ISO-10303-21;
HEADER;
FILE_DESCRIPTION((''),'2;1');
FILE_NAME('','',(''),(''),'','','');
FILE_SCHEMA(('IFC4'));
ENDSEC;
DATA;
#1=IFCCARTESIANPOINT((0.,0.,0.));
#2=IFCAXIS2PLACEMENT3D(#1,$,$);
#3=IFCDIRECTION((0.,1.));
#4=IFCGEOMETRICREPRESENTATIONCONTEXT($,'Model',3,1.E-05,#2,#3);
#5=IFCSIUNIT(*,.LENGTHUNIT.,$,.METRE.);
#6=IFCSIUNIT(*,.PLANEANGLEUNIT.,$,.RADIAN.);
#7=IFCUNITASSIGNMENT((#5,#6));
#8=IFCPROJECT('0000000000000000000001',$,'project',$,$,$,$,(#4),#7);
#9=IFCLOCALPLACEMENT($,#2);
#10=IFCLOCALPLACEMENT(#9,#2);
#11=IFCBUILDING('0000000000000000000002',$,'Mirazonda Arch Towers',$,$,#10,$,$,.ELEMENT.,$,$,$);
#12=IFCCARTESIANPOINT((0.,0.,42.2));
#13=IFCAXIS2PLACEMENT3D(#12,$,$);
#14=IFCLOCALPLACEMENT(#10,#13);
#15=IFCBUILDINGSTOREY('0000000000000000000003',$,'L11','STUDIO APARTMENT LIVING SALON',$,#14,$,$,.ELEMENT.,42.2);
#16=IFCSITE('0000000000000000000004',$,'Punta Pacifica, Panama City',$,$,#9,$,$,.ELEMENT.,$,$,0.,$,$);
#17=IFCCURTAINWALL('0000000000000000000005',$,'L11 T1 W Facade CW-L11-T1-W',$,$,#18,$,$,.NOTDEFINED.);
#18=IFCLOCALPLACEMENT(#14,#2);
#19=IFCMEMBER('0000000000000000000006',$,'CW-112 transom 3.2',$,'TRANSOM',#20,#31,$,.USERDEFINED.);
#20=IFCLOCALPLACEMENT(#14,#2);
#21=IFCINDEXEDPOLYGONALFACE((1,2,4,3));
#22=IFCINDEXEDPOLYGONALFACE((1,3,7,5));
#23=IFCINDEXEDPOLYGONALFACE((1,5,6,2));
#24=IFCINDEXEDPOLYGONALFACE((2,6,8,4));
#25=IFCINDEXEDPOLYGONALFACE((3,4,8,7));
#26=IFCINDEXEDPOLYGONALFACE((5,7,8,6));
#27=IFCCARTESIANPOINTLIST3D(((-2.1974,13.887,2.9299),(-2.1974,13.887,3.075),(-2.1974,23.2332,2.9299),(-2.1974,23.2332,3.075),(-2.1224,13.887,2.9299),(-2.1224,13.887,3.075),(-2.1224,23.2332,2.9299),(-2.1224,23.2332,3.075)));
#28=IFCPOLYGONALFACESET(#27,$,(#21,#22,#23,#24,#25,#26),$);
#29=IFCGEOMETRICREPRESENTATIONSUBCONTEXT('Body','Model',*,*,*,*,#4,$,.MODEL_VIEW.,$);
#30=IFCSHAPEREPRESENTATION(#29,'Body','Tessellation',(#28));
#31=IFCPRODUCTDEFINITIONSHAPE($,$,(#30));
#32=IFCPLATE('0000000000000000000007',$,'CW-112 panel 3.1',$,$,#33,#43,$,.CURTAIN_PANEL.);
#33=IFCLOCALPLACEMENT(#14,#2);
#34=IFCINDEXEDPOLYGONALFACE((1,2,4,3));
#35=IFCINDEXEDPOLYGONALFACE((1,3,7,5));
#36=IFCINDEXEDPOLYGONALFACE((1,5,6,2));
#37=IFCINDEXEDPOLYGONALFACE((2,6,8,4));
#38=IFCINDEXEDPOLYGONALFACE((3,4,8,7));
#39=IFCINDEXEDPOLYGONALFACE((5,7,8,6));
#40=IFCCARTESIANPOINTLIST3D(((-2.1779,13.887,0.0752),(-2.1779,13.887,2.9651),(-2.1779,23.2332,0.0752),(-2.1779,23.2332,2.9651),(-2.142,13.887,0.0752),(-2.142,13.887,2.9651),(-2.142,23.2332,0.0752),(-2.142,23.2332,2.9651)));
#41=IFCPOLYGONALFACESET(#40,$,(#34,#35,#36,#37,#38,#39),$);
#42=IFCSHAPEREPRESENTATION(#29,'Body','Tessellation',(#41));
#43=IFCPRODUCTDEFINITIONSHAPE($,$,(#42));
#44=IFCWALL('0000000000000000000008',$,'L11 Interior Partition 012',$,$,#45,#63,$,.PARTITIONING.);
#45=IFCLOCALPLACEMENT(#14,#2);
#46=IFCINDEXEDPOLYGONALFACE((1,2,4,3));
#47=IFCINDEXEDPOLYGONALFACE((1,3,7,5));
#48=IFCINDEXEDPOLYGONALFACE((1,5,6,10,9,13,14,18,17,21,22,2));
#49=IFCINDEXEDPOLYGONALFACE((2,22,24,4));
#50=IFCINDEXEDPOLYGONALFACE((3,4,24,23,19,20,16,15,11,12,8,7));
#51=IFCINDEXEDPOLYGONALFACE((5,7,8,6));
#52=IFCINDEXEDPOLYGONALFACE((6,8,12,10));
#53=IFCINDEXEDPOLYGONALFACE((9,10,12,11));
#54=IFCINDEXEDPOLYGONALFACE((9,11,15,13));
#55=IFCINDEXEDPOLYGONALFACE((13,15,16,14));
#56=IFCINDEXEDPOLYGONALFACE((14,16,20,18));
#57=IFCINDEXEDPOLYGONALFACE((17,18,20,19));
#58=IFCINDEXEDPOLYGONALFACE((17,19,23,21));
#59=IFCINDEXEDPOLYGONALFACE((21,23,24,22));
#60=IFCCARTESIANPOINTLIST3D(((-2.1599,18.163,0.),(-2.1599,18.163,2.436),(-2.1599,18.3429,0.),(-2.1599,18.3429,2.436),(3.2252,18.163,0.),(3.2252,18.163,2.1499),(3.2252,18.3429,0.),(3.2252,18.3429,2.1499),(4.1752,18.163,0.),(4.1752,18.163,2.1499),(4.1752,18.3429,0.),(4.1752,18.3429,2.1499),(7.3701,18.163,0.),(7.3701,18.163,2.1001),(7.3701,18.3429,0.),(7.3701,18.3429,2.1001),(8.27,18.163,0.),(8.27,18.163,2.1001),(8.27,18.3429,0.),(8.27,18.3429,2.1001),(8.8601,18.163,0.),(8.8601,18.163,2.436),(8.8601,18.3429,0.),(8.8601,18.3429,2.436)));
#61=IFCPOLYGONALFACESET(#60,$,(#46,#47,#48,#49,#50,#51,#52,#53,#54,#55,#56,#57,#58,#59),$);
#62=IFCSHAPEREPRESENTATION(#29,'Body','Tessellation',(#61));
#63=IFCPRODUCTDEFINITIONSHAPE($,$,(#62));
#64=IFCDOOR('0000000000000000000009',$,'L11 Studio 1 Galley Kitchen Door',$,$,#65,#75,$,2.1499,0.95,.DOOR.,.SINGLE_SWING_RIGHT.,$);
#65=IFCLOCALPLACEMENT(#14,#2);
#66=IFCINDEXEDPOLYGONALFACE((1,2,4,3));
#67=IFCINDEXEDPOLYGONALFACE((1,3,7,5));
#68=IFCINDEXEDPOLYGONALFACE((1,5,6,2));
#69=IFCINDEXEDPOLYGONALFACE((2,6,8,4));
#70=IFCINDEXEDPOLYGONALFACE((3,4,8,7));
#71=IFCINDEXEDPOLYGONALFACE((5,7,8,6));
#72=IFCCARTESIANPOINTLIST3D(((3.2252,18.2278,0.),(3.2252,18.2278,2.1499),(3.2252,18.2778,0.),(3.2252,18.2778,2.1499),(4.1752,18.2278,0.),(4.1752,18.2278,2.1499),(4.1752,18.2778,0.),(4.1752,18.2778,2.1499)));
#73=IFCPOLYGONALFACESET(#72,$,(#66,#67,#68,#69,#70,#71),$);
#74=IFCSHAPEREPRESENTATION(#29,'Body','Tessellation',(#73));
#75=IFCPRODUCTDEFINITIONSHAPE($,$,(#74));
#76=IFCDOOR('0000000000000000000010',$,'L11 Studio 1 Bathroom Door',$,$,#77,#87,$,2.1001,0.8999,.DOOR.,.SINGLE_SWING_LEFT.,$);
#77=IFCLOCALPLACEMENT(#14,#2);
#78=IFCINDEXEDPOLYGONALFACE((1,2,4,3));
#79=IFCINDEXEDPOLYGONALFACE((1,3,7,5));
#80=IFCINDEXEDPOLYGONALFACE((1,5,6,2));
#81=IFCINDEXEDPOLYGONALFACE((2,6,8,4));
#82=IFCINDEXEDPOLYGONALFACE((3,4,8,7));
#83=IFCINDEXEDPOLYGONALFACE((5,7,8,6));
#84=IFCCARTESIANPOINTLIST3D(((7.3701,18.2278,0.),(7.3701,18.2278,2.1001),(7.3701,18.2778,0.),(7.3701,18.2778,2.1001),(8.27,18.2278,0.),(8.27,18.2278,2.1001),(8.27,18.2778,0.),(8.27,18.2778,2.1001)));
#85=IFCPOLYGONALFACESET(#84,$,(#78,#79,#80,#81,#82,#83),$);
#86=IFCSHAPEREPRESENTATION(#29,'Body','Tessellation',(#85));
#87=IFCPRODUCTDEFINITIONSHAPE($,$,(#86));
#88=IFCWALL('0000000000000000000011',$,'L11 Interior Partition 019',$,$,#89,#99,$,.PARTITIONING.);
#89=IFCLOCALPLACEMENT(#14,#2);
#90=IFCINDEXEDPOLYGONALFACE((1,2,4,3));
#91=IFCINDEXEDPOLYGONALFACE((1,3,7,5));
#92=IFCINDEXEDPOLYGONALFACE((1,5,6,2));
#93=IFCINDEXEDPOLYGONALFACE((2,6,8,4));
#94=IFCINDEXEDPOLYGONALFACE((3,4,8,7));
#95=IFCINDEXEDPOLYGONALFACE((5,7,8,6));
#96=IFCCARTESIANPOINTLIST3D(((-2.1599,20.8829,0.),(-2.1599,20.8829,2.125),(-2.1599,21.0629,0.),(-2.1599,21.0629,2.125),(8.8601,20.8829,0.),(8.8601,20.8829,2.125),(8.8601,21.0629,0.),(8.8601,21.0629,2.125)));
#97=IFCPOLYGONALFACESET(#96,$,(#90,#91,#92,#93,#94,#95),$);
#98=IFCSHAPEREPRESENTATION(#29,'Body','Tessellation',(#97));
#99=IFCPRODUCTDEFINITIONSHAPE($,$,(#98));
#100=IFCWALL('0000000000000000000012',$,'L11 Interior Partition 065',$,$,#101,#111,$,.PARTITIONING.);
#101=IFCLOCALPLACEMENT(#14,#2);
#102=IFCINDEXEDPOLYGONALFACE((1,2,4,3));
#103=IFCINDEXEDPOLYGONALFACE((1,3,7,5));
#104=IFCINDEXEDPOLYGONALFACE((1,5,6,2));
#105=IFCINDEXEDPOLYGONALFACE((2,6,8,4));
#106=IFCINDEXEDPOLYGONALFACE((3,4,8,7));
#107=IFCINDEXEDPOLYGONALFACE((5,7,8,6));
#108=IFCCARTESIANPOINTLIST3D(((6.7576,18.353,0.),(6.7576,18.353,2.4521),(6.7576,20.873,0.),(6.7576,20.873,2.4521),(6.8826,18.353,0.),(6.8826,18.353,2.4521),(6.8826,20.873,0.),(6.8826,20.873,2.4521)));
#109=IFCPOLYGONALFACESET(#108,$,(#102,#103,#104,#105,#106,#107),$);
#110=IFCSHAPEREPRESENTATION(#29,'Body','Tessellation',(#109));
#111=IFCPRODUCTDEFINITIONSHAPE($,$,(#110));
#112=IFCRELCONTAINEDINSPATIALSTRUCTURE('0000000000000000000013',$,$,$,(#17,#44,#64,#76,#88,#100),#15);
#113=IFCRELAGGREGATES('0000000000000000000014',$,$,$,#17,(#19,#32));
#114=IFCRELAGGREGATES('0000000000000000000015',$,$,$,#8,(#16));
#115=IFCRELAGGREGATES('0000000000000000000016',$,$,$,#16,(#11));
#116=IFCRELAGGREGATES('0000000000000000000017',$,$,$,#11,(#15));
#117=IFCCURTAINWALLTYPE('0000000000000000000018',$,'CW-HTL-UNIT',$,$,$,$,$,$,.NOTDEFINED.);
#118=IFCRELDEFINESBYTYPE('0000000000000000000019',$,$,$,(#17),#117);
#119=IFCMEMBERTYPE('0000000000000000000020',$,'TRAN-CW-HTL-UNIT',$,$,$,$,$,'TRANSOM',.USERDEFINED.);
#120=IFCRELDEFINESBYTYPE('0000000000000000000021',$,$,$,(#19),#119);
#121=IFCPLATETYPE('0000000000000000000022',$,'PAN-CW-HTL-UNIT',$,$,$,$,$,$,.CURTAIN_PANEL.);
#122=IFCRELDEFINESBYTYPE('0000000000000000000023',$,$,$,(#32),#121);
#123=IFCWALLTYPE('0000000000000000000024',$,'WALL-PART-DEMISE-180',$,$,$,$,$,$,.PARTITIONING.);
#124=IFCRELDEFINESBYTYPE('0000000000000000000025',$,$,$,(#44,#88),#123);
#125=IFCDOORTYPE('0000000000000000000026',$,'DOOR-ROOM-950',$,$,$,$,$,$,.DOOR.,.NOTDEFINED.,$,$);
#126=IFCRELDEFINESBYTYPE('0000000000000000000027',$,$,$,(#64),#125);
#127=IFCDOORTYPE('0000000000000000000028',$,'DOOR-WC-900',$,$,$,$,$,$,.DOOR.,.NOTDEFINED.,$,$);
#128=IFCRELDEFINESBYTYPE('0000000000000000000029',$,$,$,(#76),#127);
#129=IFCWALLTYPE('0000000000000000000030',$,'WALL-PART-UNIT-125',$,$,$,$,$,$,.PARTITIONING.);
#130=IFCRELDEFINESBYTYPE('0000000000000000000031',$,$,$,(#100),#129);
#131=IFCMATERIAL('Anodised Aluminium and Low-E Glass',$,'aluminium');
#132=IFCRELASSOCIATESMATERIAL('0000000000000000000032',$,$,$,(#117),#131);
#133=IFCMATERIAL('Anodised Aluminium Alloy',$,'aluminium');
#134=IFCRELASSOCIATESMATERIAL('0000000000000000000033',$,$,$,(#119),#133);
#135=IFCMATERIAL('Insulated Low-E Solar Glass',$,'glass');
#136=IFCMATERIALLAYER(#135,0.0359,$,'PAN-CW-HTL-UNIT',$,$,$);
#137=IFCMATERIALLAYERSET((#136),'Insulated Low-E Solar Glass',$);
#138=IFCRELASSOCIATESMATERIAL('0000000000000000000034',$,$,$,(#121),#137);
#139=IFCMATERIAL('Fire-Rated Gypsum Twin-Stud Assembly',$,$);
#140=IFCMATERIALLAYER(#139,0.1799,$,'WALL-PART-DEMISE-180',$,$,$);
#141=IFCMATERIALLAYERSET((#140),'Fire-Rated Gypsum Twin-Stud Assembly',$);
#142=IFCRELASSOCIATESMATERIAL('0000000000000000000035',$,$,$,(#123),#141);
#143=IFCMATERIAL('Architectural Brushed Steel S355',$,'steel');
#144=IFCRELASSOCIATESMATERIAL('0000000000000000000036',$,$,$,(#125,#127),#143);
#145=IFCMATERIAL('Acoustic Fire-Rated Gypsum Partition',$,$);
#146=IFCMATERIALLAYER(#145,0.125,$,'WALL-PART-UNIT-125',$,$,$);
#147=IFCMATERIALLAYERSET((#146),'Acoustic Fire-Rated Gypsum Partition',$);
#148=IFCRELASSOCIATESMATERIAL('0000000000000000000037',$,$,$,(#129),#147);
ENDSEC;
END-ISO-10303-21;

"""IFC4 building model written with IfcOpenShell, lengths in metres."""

from ifc_helpers import new_model, si_unit, direction, frame, frame_2d, origin, origin_2d, place, context, subcontext, project, spatial, rectangle, extrude, material, layer, layer_set, material_profile, profile_set, type_object, element, fill, aggregate, save


model = new_model("IFC4")

# Units and contexts
model_context = context("Model", 3, precision=1e-05, world=origin(), true_north=direction((0.0, 1.0)))
body_context = subcontext(model_context, "Body", "Model", "MODEL_VIEW")
ifc_project = project(units=[si_unit("LENGTHUNIT", "METRE"), si_unit("PLANEANGLEUNIT", "RADIAN")], contexts=[model_context])

# Site, building, storey
site_placement = place(None, origin())
site = spatial("IfcSite", under=ifc_project, at=site_placement, Name="Punta Pacifica, Panama City", CompositionType="ELEMENT", RefElevation=0.0)
building_placement = place(site_placement, origin())
building = spatial("IfcBuilding", under=site, at=building_placement, Name="Mirazonda Arch Towers", CompositionType="ELEMENT")
storey_placement = place(building_placement, frame((0.0, 0.0, 42.2)))
storey = spatial("IfcBuildingStorey", under=building, at=storey_placement, Name="L11", Description="STUDIO APARTMENT LIVING SALON", CompositionType="ELEMENT", Elevation=42.2)

# Curtain wall, member, plate
ifc_material_1 = material(Name="Anodised Aluminium and Low-E Glass", Category="aluminium")
curtain_wall_type = type_object("IfcCurtainWallType", Name="CW-HTL-UNIT", PredefinedType="NOTDEFINED", material=ifc_material_1)
curtain_wall_placement = place(storey_placement, origin())
curtain_wall = element("IfcCurtainWall", 1, at=curtain_wall_placement, inside=storey, type_object=curtain_wall_type, Name="L11 T1 W Facade CW-L11-T1-W", PredefinedType="NOTDEFINED")
ifc_material_2 = material(Name="Anodised Aluminium Alloy", Category="aluminium")
ifc_material_profile_1 = material_profile(ifc_material_2, rectangle(XDim=0.075, YDim=0.145, at=origin_2d()), Name="ALU-TRAN-75x145")
ifc_profile_set_1 = profile_set([ifc_material_profile_1], Name="Anodised Aluminium Alloy")
member_type_1 = type_object("IfcMemberType", Name="TRAN-CW-HTL-UNIT", ElementType="TRANSOM", PredefinedType="USERDEFINED", material=ifc_profile_set_1)
member_1_placement = place(storey_placement, frame((-2.1599, 23.2332, 3.0024), z_axis=(0.0, -1.0, 0.0), x_axis=(1.0, 0.0, 0.0)))
member_1 = element("IfcMember", 2, at=member_1_placement, type_object=member_type_1, Name="CW-112 transom 3.2", ObjectType="TRANSOM", PredefinedType="USERDEFINED", context=body_context, shape_type="SweptSolid", body=[
    extrude(rectangle(XDim=0.075, YDim=0.145, at=origin_2d()), origin(), (0.0, 0.0, 1.0), 9.3462),
])
ifc_material_3 = material(Name="Insulated Low-E Solar Glass", Category="glass")
ifc_layer_1 = layer(ifc_material_3, 0.0359, Name="PAN-CW-HTL-UNIT")
ifc_layer_set_1 = layer_set([ifc_layer_1], Name="Insulated Low-E Solar Glass")
plate_type = type_object("IfcPlateType", Name="PAN-CW-HTL-UNIT", PredefinedType="CURTAIN_PANEL", material=ifc_layer_set_1)
plate_placement = place(storey_placement, frame((-2.1599, 18.5601, 0.0752), z_axis=(0.0, 0.0, 1.0), x_axis=(0.0, -1.0, 0.0)))
plate = element("IfcPlate", 3, at=plate_placement, type_object=plate_type, Name="CW-112 panel 3.1", PredefinedType="CURTAIN_PANEL", context=body_context, shape_type="SweptSolid", body=[
    extrude(rectangle(XDim=9.3462, YDim=0.0359, at=origin_2d()), origin(), (0.0, 0.0, 1.0), 2.8899),
])
aggregate(curtain_wall, [member_1, plate])

# Wall, openings, doors
ifc_material_4 = material(Name="Fire-Rated Gypsum Twin-Stud Assembly")
ifc_layer_2 = layer(ifc_material_4, 0.1799, Name="WALL-PART-DEMISE-180")
ifc_layer_set_2 = layer_set([ifc_layer_2], Name="Fire-Rated Gypsum Twin-Stud Assembly")
wall_type_1 = type_object("IfcWallType", Name="WALL-PART-DEMISE-180", PredefinedType="PARTITIONING", material=ifc_layer_set_2)
wall_1_placement = place(storey_placement, frame((-2.1599, 18.2529, 0.0), z_axis=(0.0, 0.0, 1.0), x_axis=(1.0, 0.0, 0.0)))
wall_1 = element("IfcWall", 4, at=wall_1_placement, inside=storey, type_object=wall_type_1, Name="L11 Interior Partition 012", PredefinedType="PARTITIONING", context=body_context, shape_type="SweptSolid", body=[
    extrude(rectangle(XDim=11.02, YDim=0.1799, at=frame_2d((5.51, 0.0))), origin(), (0.0, 0.0, 1.0), 2.436),
])
opening_1_placement = place(wall_1_placement, frame((5.385, 0.0, 0.0)))
opening_1 = element("IfcOpeningElement", 5, at=opening_1_placement, cuts=wall_1, PredefinedType="OPENING", context=body_context, shape_type="SweptSolid", body=[
    extrude(rectangle(XDim=0.95, YDim=2.1499, at=frame_2d((0.4751, 1.075))), frame((0.0, 0.0999, 0.0), z_axis=(0.0, -1.0, 0.0), x_axis=(1.0, 0.0, 0.0)), (0.0, 0.0, 1.0), 0.2),
])
opening_2_placement = place(wall_1_placement, frame((9.53, 0.0, 0.0)))
opening_2 = element("IfcOpeningElement", 6, at=opening_2_placement, cuts=wall_1, PredefinedType="OPENING", context=body_context, shape_type="SweptSolid", body=[
    extrude(rectangle(XDim=0.8999, YDim=2.1001, at=frame_2d((0.45, 1.05))), frame((0.0, 0.0999, 0.0), z_axis=(0.0, -1.0, 0.0), x_axis=(1.0, 0.0, 0.0)), (0.0, 0.0, 1.0), 0.2),
])
ifc_material_5 = material(Name="Architectural Brushed Steel S355", Category="steel")
door_type_1 = type_object("IfcDoorType", Name="DOOR-ROOM-950", OperationType="NOTDEFINED", PredefinedType="DOOR", material=ifc_material_5)
door_1_placement = place(opening_1_placement, origin())
door_1 = element("IfcDoor", 7, at=door_1_placement, inside=storey, type_object=door_type_1, Name="L11 Studio 1 Galley Kitchen Door", OperationType="SINGLE_SWING_RIGHT", OverallHeight=2.1499, OverallWidth=0.95, PredefinedType="DOOR", context=body_context, shape_type="SweptSolid", body=[
    extrude(rectangle(XDim=0.95, YDim=2.1499, at=frame_2d((0.4751, 1.075))), frame((0.0, 0.0249, 0.0), z_axis=(0.0, -1.0, 0.0), x_axis=(1.0, 0.0, 0.0)), (0.0, 0.0, 1.0), 0.05),
])
fill(opening_1, door_1)
door_type_2 = type_object("IfcDoorType", Name="DOOR-WC-900", OperationType="NOTDEFINED", PredefinedType="DOOR", material=ifc_material_5)
door_2_placement = place(opening_2_placement, origin())
door_2 = element("IfcDoor", 8, at=door_2_placement, inside=storey, type_object=door_type_2, Name="L11 Studio 1 Bathroom Door", OperationType="SINGLE_SWING_LEFT", OverallHeight=2.1001, OverallWidth=0.8999, PredefinedType="DOOR", context=body_context, shape_type="SweptSolid", body=[
    extrude(rectangle(XDim=0.8999, YDim=2.1001, at=frame_2d((0.45, 1.05))), frame((0.0, 0.0249, 0.0), z_axis=(0.0, -1.0, 0.0), x_axis=(1.0, 0.0, 0.0)), (0.0, 0.0, 1.0), 0.05),
])
fill(opening_2, door_2)

# Walls
wall_2_placement = place(storey_placement, frame((-2.1599, 20.9729, 0.0), z_axis=(0.0, 0.0, 1.0), x_axis=(1.0, 0.0, 0.0)))
element("IfcWall", 9, at=wall_2_placement, inside=storey, type_object=wall_type_1, Name="L11 Interior Partition 019", PredefinedType="PARTITIONING", context=body_context, shape_type="SweptSolid", body=[
    extrude(rectangle(XDim=11.02, YDim=0.1799, at=frame_2d((5.51, 0.0))), origin(), (0.0, 0.0, 1.0), 2.125),
])
ifc_material_6 = material(Name="Acoustic Fire-Rated Gypsum Partition")
ifc_layer_3 = layer(ifc_material_6, 0.125, Name="WALL-PART-UNIT-125")
ifc_layer_set_3 = layer_set([ifc_layer_3], Name="Acoustic Fire-Rated Gypsum Partition")
wall_type_2 = type_object("IfcWallType", Name="WALL-PART-UNIT-125", PredefinedType="PARTITIONING", material=ifc_layer_set_3)
wall_3_placement = place(storey_placement, frame((6.8201, 18.353, 0.0), z_axis=(0.0, 0.0, 1.0), x_axis=(0.0, 1.0, 0.0)))
element("IfcWall", 10, at=wall_3_placement, inside=storey, type_object=wall_type_2, Name="L11 Interior Partition 065", PredefinedType="PARTITIONING", context=body_context, shape_type="SweptSolid", body=[
    extrude(rectangle(XDim=2.52, YDim=0.125, at=frame_2d((1.26, 0.0))), origin(), (0.0, 0.0, 1.0), 2.4521),
])

save(model, "model.ifc")
